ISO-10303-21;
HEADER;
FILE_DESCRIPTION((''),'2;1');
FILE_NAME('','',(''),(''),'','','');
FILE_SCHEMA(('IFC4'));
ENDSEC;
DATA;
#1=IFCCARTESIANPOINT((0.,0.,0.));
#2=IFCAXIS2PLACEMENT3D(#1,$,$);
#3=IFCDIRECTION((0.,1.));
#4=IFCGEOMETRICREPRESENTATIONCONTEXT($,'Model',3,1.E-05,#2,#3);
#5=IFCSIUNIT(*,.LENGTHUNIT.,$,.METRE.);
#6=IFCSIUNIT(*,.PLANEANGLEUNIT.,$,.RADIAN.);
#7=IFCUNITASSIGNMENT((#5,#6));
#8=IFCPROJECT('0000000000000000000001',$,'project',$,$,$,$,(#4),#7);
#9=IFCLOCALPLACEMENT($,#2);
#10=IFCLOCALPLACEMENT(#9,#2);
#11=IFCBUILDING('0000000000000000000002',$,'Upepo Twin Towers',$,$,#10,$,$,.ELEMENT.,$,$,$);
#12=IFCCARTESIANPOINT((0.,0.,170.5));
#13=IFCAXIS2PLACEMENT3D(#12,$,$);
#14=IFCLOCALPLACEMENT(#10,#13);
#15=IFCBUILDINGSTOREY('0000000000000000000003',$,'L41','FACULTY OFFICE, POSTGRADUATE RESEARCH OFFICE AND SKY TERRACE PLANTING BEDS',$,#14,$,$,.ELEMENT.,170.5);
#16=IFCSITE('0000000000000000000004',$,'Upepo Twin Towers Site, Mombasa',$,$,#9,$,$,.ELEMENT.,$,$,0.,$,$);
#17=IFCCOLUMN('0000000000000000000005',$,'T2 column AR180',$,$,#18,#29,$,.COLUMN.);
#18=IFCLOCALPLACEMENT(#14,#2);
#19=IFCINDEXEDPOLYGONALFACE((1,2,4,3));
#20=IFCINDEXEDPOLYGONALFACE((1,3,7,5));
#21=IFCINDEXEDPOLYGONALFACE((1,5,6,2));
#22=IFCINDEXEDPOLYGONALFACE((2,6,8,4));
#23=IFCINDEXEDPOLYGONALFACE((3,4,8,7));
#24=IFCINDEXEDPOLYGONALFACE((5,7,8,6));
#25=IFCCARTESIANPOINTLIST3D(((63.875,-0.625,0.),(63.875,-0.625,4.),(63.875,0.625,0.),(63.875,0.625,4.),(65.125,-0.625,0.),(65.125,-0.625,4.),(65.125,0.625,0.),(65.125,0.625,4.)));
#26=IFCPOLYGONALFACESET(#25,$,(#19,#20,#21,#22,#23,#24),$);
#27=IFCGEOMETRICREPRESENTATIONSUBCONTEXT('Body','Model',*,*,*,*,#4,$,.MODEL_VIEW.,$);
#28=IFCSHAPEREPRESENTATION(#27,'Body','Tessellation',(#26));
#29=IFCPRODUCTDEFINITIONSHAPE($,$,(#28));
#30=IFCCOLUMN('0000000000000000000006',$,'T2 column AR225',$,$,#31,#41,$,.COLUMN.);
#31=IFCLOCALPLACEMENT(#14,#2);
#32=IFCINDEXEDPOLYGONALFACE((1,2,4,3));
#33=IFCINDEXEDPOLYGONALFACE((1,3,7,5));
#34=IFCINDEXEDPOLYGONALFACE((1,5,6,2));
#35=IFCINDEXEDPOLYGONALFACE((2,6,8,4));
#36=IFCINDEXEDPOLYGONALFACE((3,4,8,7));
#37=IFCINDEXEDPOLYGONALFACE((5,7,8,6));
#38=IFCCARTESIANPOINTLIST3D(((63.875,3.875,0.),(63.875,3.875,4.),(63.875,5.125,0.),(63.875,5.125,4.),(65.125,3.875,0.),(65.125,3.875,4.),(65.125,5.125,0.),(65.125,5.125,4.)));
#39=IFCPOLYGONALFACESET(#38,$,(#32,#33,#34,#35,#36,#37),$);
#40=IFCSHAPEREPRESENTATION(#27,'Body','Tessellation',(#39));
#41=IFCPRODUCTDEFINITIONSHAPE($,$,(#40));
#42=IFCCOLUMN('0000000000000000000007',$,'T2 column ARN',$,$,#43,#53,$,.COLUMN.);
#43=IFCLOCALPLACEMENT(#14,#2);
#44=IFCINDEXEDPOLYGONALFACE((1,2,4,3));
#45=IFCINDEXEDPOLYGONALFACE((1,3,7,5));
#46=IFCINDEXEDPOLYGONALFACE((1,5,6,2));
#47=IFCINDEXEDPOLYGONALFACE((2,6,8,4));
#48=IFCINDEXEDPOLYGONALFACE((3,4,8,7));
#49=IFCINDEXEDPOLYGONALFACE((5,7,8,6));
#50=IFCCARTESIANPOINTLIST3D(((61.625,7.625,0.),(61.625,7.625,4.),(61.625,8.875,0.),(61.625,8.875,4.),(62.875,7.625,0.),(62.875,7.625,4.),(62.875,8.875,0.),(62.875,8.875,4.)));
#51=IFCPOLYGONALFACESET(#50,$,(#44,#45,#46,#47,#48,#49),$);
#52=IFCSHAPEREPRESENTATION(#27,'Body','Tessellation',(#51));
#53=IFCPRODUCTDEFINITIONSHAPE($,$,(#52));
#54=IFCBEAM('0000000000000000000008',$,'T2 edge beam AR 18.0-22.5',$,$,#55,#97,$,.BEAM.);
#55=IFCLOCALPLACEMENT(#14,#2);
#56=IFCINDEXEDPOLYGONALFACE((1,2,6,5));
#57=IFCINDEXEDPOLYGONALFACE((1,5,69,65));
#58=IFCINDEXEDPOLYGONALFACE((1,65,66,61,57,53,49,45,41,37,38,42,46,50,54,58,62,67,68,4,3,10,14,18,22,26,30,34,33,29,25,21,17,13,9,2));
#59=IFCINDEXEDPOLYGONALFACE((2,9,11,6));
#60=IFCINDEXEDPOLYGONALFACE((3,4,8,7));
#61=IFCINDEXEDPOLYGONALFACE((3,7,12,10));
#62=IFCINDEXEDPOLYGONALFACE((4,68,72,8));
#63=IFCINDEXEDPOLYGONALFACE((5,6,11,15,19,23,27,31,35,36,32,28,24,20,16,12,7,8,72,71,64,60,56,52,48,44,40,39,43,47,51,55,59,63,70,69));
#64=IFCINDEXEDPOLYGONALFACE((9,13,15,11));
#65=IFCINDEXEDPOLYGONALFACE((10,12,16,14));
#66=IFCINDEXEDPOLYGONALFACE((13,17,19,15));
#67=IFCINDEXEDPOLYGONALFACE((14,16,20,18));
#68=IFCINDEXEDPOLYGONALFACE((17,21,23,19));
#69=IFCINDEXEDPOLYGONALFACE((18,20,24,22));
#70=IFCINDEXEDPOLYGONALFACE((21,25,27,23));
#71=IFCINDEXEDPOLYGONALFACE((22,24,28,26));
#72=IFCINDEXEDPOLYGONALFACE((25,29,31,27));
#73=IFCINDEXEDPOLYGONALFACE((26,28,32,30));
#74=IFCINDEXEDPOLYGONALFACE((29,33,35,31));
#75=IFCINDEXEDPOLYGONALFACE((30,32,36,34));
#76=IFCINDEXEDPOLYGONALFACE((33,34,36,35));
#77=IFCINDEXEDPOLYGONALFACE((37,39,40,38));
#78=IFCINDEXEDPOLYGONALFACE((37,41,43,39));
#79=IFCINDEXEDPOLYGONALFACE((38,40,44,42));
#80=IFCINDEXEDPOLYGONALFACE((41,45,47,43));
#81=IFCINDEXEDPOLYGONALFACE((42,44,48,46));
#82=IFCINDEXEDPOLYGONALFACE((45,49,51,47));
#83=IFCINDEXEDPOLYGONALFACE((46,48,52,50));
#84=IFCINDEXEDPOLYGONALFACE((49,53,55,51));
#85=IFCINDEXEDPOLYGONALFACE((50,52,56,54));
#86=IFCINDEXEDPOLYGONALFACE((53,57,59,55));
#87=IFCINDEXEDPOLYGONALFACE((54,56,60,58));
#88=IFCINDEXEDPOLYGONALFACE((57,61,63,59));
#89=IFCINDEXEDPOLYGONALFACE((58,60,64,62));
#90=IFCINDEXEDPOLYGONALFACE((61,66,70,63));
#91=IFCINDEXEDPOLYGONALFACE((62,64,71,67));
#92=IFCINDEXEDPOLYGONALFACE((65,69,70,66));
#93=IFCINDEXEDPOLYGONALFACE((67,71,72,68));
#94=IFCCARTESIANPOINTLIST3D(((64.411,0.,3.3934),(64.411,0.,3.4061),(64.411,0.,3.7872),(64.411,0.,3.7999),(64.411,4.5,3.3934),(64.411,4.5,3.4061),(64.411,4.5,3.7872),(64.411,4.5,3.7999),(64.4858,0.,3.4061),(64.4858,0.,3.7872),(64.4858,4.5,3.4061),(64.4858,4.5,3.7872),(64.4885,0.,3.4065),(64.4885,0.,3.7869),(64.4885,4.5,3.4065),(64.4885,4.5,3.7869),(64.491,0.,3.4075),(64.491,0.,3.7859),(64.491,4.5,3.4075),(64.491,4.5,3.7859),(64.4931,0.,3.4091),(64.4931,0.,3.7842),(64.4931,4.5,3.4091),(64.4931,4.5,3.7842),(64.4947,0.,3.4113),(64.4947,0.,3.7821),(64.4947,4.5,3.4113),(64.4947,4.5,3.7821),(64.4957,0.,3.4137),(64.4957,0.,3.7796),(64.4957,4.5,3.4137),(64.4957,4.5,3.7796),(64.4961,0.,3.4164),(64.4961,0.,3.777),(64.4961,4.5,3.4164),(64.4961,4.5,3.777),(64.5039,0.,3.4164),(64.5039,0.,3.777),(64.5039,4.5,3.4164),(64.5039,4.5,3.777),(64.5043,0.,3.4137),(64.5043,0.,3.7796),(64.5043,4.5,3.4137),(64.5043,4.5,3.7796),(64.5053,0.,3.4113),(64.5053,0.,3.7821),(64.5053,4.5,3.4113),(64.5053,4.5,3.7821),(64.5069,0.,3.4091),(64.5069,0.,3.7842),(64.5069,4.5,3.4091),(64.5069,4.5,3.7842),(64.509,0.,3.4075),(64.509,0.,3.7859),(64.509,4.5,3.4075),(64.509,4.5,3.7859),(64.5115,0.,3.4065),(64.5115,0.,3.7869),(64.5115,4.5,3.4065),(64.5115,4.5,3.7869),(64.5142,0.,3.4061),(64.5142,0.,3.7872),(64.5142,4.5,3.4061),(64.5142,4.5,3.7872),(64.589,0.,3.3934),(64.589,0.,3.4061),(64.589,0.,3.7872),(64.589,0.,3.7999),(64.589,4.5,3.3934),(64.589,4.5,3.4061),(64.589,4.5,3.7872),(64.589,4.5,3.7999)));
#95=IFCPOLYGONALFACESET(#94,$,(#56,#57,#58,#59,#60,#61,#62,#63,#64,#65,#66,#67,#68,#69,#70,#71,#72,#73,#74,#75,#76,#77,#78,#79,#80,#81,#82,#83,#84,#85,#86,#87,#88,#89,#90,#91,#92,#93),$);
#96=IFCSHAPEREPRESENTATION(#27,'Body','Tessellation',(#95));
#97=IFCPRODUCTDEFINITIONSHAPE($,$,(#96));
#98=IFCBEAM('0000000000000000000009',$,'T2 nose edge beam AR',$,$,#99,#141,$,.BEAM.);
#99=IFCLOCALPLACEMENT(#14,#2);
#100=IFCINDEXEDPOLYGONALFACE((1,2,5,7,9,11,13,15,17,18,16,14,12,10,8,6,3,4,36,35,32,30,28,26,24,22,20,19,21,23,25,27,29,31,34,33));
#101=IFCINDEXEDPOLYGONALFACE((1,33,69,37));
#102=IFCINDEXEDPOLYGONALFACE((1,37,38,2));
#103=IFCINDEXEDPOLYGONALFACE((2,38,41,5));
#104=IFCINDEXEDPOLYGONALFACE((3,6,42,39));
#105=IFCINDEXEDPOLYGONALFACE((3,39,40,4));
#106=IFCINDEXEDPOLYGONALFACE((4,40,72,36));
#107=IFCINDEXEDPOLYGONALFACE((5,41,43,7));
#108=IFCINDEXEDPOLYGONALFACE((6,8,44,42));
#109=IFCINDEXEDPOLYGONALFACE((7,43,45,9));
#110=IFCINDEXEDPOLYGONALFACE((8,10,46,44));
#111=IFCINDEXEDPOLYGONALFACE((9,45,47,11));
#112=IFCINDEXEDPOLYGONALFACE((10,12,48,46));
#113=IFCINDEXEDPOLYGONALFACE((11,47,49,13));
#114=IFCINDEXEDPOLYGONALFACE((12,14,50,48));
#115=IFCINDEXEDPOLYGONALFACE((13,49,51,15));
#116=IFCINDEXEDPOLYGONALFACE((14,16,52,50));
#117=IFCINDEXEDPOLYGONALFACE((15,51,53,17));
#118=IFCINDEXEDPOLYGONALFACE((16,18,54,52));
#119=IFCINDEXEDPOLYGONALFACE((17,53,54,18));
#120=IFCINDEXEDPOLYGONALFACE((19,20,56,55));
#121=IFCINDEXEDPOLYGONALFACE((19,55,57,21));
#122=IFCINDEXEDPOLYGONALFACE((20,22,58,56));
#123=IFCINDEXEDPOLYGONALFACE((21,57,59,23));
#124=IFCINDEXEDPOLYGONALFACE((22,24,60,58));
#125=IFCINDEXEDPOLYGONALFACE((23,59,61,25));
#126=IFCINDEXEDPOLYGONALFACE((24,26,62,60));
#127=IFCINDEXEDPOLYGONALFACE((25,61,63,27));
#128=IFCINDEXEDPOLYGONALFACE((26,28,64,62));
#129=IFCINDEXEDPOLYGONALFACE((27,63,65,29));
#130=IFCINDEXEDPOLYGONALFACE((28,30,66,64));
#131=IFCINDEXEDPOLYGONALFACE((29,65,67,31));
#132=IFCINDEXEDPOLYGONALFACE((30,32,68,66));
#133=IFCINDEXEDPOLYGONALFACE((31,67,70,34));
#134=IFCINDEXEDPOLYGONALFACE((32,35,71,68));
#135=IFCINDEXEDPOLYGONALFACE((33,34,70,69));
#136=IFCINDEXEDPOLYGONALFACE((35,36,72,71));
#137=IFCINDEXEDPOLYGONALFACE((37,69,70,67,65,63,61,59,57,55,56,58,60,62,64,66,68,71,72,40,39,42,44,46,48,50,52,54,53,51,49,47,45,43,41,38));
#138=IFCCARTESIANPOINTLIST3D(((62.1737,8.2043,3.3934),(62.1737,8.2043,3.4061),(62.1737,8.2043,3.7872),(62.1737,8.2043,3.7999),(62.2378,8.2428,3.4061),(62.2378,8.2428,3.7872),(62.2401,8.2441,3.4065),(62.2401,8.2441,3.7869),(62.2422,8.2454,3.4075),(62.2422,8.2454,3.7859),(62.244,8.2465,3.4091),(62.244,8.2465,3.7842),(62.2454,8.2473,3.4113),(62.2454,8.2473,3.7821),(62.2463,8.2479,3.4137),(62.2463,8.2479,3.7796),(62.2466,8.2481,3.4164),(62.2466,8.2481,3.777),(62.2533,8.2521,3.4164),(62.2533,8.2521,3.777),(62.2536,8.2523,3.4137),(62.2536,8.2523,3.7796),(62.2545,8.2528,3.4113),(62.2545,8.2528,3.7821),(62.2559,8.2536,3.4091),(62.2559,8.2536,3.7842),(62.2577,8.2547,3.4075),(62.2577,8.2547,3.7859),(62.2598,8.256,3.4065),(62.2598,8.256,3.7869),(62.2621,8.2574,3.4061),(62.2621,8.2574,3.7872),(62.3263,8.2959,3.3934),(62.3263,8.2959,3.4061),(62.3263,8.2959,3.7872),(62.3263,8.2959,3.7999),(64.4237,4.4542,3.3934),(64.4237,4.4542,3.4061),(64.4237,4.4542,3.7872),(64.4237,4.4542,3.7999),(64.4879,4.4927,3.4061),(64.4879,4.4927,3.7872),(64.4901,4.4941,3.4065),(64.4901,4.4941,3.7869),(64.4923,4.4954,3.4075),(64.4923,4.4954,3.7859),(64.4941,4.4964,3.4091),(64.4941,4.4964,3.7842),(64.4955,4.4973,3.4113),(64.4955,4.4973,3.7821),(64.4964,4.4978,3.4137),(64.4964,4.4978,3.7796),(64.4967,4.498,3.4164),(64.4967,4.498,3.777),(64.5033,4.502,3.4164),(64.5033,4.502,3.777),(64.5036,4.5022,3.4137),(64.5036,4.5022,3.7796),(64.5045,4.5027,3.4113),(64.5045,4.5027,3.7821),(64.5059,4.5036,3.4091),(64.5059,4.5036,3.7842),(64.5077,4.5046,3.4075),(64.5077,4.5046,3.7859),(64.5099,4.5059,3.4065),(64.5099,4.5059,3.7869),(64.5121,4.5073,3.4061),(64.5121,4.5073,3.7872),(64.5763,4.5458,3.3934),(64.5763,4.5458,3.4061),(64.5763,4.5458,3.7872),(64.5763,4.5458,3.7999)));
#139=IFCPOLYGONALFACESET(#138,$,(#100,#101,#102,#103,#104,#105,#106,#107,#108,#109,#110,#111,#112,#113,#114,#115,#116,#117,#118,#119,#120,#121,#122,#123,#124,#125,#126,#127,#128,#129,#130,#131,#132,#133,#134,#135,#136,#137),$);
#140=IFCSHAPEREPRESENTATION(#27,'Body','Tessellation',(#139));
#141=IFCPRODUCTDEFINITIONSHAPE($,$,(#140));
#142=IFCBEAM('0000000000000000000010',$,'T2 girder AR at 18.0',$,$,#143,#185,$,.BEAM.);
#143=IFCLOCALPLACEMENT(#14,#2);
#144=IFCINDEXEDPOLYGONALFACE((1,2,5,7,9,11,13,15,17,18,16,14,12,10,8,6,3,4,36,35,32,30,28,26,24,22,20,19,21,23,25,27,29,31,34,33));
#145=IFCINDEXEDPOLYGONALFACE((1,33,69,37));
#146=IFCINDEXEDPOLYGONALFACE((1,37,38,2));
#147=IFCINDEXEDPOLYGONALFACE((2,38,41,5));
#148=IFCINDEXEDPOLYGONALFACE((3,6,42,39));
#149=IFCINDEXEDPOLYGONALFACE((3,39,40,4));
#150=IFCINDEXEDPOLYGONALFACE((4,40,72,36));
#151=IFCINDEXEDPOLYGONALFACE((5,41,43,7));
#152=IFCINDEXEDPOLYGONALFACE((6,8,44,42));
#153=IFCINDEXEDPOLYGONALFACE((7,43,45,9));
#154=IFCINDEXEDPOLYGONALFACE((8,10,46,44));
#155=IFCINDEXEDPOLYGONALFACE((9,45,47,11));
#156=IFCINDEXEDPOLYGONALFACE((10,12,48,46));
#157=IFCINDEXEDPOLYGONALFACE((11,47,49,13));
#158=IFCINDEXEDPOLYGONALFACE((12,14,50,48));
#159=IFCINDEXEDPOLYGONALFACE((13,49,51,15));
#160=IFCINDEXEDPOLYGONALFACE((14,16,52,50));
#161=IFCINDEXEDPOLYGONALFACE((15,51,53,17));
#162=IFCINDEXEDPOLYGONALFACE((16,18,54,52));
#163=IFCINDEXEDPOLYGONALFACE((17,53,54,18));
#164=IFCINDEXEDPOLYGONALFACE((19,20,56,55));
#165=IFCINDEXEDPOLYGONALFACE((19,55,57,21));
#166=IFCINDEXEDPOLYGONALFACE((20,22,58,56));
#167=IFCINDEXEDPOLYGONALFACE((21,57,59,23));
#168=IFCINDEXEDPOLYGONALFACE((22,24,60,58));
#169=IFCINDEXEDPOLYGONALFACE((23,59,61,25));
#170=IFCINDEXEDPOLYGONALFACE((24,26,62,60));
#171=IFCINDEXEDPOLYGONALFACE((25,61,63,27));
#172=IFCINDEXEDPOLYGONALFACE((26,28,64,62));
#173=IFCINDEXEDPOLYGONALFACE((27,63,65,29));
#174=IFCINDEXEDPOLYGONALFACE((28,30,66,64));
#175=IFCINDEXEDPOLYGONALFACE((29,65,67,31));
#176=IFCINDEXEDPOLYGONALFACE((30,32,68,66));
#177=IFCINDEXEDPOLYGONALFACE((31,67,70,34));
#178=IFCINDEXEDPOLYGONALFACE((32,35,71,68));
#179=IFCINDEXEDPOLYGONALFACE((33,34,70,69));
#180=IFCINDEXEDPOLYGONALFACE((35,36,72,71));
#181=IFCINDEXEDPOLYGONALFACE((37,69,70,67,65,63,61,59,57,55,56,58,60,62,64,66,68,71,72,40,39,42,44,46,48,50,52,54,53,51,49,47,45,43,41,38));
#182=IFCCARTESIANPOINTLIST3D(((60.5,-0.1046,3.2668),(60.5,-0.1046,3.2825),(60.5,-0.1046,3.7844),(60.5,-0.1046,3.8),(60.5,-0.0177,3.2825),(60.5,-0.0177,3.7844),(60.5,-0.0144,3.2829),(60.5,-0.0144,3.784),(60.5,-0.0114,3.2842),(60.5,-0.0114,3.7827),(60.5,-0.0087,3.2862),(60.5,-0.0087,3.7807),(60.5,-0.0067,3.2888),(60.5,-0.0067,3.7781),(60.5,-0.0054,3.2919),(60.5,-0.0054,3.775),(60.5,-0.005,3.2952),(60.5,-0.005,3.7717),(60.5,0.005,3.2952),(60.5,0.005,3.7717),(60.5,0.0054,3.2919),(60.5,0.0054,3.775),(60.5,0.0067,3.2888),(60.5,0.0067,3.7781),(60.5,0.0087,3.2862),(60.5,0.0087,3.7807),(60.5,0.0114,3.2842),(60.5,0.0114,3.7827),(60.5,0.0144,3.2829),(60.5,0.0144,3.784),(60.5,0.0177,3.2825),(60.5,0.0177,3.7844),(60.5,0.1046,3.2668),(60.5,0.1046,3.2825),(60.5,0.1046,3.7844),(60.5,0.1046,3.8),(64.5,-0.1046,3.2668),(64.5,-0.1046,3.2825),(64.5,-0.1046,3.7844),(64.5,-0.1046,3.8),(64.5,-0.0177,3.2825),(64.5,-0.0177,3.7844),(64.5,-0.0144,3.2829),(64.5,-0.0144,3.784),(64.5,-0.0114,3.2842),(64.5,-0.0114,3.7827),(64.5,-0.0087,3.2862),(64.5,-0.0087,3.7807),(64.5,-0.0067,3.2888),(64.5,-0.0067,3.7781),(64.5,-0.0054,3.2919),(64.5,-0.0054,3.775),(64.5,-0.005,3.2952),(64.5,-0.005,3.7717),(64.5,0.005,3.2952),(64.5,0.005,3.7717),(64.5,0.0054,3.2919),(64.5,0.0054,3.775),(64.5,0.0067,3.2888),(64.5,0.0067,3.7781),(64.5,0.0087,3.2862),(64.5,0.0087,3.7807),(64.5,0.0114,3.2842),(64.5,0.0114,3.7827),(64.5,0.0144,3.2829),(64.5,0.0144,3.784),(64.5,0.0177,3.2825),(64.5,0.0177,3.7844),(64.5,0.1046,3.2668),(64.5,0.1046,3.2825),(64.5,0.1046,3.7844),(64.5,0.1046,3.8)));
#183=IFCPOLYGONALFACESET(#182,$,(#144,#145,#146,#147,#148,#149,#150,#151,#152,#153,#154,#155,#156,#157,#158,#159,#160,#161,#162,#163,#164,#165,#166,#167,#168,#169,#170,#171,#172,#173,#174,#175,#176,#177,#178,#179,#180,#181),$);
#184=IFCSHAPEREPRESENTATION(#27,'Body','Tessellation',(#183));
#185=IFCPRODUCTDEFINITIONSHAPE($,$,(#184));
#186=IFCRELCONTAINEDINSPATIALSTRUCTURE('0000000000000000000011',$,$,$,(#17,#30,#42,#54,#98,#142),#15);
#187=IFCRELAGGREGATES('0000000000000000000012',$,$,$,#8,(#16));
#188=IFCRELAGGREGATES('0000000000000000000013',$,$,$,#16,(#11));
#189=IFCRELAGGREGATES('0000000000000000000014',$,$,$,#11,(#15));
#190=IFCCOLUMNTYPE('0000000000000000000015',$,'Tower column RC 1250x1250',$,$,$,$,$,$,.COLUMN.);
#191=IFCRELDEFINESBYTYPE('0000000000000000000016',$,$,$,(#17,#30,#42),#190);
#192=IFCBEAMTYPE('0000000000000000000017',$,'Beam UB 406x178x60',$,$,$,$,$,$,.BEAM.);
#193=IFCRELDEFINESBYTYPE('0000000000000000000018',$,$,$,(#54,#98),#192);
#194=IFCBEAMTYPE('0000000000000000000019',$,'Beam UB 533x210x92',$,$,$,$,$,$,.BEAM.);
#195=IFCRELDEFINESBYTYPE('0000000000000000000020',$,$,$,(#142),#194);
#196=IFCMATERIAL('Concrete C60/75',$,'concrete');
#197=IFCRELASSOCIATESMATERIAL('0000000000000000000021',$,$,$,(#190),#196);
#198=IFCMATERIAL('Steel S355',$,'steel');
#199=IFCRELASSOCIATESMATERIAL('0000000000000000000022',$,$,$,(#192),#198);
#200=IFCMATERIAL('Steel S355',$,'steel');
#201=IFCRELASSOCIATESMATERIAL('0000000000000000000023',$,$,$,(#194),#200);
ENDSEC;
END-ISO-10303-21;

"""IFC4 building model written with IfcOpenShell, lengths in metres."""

from ifc_helpers import new_model, si_unit, direction, frame, origin, origin_2d, place, context, subcontext, project, spatial, rectangle, i_section, extrude, material, material_profile, profile_set, type_object, element, save


model = new_model("IFC4")

# Units and contexts
model_context = context("Model", 3, precision=1e-05, world=origin(), true_north=direction((0.0, 1.0)))
body_context = subcontext(model_context, "Body", "Model", "MODEL_VIEW")
ifc_project = project(units=[si_unit("LENGTHUNIT", "METRE"), si_unit("PLANEANGLEUNIT", "RADIAN")], contexts=[model_context])

# Site, building, storey
site_placement = place(None, origin())
site = spatial("IfcSite", under=ifc_project, at=site_placement, Name="Upepo Twin Towers Site, Mombasa", CompositionType="ELEMENT", RefElevation=0.0)
building_placement = place(site_placement, origin())
building = spatial("IfcBuilding", under=site, at=building_placement, Name="Upepo Twin Towers", CompositionType="ELEMENT")
storey_placement = place(building_placement, frame((0.0, 0.0, 170.5)))
storey = spatial("IfcBuildingStorey", under=building, at=storey_placement, Name="L41", Description="FACULTY OFFICE, POSTGRADUATE RESEARCH OFFICE AND SKY TERRACE PLANTING BEDS", CompositionType="ELEMENT", Elevation=170.5)

# Columns
ifc_material_1 = material(Name="Concrete C60/75", Category="concrete")
ifc_material_profile_1 = material_profile(ifc_material_1, rectangle(XDim=1.25, YDim=1.25, at=origin_2d()), Name="RC 1250x1250")
ifc_profile_set_1 = profile_set([ifc_material_profile_1], Name="Concrete C60/75")
column_type = type_object("IfcColumnType", Name="Tower column RC 1250x1250", PredefinedType="COLUMN", material=ifc_profile_set_1)
for number, where, z_axis, x_axis, name in (
    (1, (64.5, 0.0, 0.0), (0.0, 0.0, 1.0), (1.0, 0.0, 0.0), "T2 column AR180"),
    (2, (64.5, 4.5, 0.0), (0.0, 0.0, 1.0), (1.0, 0.0, 0.0), "T2 column AR225"),
    (3, (62.25, 8.25, 0.0), (0.0, 0.0, 1.0), (1.0, 0.0, 0.0), "T2 column ARN"),
):
    element("IfcColumn", number, at=place(storey_placement, frame(where, z_axis=z_axis, x_axis=x_axis)), inside=storey, type_object=column_type, Name=name, PredefinedType="COLUMN", context=body_context, shape_type="SweptSolid", body=[
        extrude(rectangle(XDim=1.25, YDim=1.25, at=origin_2d()), origin(), (0.0, 0.0, 1.0), 4.0),
    ])

# Beams
ifc_material_2 = material(Name="Steel S355", Category="steel")
ifc_material_profile_2 = material_profile(ifc_material_2, i_section(OverallWidth=0.178, OverallDepth=0.4065, WebThickness=0.0078, FlangeThickness=0.0127, FilletRadius=0.0103, at=origin_2d()), Name="UB 406x178x60")
ifc_profile_set_2 = profile_set([ifc_material_profile_2], Name="Steel S355")
beam_type_1 = type_object("IfcBeamType", Name="Beam UB 406x178x60", PredefinedType="BEAM", material=ifc_profile_set_2)
beam_1_placement = place(storey_placement, frame((64.5, 0.0, 3.5967), z_axis=(0.0, 1.0, 0.0), x_axis=(-1.0, 0.0, 0.0)))
element("IfcBeam", 4, at=beam_1_placement, inside=storey, type_object=beam_type_1, Name="T2 edge beam AR 18.0-22.5", PredefinedType="BEAM", context=body_context, shape_type="SweptSolid", body=[
    extrude(i_section(OverallWidth=0.178, OverallDepth=0.4065, WebThickness=0.0078, FlangeThickness=0.0127, FilletRadius=0.0103, at=origin_2d()), origin(), (0.0, 0.0, 1.0), 4.5),
])
beam_2_placement = place(storey_placement, frame((64.5, 4.5, 3.5967), z_axis=(-0.514496, 0.857493, 0.0), x_axis=(-0.857493, -0.514496, 0.0)))
element("IfcBeam", 5, at=beam_2_placement, inside=storey, type_object=beam_type_1, Name="T2 nose edge beam AR", PredefinedType="BEAM", context=body_context, shape_type="SweptSolid", body=[
    extrude(i_section(OverallWidth=0.178, OverallDepth=0.4065, WebThickness=0.0078, FlangeThickness=0.0127, FilletRadius=0.0103, at=origin_2d()), origin(), (0.0, 0.0, 1.0), 4.3733),
])
ifc_material_3 = material(Name="Steel S355", Category="steel")
ifc_material_profile_3 = material_profile(ifc_material_3, i_section(OverallWidth=0.2092, OverallDepth=0.5332, WebThickness=0.01, FlangeThickness=0.0156, FilletRadius=0.0127, at=origin_2d()), Name="UB 533x210x92")
ifc_profile_set_3 = profile_set([ifc_material_profile_3], Name="Steel S355")
beam_type_2 = type_object("IfcBeamType", Name="Beam UB 533x210x92", PredefinedType="BEAM", material=ifc_profile_set_3)
for number, where, z_axis, x_axis, name in (
    (6, (64.5, 0.0, 3.5334), (-1.0, 0.0, 0.0), (0.0, -1.0, 0.0), "T2 girder AR at 18.0"),
):
    element("IfcBeam", number, at=place(storey_placement, frame(where, z_axis=z_axis, x_axis=x_axis)), inside=storey, type_object=beam_type_2, Name=name, PredefinedType="BEAM", context=body_context, shape_type="SweptSolid", body=[
        extrude(i_section(OverallWidth=0.2092, OverallDepth=0.5332, WebThickness=0.01, FlangeThickness=0.0156, FilletRadius=0.0127, at=origin_2d()), origin(), (0.0, 0.0, 1.0), 4.0),
    ])

save(model, "model.ifc")
